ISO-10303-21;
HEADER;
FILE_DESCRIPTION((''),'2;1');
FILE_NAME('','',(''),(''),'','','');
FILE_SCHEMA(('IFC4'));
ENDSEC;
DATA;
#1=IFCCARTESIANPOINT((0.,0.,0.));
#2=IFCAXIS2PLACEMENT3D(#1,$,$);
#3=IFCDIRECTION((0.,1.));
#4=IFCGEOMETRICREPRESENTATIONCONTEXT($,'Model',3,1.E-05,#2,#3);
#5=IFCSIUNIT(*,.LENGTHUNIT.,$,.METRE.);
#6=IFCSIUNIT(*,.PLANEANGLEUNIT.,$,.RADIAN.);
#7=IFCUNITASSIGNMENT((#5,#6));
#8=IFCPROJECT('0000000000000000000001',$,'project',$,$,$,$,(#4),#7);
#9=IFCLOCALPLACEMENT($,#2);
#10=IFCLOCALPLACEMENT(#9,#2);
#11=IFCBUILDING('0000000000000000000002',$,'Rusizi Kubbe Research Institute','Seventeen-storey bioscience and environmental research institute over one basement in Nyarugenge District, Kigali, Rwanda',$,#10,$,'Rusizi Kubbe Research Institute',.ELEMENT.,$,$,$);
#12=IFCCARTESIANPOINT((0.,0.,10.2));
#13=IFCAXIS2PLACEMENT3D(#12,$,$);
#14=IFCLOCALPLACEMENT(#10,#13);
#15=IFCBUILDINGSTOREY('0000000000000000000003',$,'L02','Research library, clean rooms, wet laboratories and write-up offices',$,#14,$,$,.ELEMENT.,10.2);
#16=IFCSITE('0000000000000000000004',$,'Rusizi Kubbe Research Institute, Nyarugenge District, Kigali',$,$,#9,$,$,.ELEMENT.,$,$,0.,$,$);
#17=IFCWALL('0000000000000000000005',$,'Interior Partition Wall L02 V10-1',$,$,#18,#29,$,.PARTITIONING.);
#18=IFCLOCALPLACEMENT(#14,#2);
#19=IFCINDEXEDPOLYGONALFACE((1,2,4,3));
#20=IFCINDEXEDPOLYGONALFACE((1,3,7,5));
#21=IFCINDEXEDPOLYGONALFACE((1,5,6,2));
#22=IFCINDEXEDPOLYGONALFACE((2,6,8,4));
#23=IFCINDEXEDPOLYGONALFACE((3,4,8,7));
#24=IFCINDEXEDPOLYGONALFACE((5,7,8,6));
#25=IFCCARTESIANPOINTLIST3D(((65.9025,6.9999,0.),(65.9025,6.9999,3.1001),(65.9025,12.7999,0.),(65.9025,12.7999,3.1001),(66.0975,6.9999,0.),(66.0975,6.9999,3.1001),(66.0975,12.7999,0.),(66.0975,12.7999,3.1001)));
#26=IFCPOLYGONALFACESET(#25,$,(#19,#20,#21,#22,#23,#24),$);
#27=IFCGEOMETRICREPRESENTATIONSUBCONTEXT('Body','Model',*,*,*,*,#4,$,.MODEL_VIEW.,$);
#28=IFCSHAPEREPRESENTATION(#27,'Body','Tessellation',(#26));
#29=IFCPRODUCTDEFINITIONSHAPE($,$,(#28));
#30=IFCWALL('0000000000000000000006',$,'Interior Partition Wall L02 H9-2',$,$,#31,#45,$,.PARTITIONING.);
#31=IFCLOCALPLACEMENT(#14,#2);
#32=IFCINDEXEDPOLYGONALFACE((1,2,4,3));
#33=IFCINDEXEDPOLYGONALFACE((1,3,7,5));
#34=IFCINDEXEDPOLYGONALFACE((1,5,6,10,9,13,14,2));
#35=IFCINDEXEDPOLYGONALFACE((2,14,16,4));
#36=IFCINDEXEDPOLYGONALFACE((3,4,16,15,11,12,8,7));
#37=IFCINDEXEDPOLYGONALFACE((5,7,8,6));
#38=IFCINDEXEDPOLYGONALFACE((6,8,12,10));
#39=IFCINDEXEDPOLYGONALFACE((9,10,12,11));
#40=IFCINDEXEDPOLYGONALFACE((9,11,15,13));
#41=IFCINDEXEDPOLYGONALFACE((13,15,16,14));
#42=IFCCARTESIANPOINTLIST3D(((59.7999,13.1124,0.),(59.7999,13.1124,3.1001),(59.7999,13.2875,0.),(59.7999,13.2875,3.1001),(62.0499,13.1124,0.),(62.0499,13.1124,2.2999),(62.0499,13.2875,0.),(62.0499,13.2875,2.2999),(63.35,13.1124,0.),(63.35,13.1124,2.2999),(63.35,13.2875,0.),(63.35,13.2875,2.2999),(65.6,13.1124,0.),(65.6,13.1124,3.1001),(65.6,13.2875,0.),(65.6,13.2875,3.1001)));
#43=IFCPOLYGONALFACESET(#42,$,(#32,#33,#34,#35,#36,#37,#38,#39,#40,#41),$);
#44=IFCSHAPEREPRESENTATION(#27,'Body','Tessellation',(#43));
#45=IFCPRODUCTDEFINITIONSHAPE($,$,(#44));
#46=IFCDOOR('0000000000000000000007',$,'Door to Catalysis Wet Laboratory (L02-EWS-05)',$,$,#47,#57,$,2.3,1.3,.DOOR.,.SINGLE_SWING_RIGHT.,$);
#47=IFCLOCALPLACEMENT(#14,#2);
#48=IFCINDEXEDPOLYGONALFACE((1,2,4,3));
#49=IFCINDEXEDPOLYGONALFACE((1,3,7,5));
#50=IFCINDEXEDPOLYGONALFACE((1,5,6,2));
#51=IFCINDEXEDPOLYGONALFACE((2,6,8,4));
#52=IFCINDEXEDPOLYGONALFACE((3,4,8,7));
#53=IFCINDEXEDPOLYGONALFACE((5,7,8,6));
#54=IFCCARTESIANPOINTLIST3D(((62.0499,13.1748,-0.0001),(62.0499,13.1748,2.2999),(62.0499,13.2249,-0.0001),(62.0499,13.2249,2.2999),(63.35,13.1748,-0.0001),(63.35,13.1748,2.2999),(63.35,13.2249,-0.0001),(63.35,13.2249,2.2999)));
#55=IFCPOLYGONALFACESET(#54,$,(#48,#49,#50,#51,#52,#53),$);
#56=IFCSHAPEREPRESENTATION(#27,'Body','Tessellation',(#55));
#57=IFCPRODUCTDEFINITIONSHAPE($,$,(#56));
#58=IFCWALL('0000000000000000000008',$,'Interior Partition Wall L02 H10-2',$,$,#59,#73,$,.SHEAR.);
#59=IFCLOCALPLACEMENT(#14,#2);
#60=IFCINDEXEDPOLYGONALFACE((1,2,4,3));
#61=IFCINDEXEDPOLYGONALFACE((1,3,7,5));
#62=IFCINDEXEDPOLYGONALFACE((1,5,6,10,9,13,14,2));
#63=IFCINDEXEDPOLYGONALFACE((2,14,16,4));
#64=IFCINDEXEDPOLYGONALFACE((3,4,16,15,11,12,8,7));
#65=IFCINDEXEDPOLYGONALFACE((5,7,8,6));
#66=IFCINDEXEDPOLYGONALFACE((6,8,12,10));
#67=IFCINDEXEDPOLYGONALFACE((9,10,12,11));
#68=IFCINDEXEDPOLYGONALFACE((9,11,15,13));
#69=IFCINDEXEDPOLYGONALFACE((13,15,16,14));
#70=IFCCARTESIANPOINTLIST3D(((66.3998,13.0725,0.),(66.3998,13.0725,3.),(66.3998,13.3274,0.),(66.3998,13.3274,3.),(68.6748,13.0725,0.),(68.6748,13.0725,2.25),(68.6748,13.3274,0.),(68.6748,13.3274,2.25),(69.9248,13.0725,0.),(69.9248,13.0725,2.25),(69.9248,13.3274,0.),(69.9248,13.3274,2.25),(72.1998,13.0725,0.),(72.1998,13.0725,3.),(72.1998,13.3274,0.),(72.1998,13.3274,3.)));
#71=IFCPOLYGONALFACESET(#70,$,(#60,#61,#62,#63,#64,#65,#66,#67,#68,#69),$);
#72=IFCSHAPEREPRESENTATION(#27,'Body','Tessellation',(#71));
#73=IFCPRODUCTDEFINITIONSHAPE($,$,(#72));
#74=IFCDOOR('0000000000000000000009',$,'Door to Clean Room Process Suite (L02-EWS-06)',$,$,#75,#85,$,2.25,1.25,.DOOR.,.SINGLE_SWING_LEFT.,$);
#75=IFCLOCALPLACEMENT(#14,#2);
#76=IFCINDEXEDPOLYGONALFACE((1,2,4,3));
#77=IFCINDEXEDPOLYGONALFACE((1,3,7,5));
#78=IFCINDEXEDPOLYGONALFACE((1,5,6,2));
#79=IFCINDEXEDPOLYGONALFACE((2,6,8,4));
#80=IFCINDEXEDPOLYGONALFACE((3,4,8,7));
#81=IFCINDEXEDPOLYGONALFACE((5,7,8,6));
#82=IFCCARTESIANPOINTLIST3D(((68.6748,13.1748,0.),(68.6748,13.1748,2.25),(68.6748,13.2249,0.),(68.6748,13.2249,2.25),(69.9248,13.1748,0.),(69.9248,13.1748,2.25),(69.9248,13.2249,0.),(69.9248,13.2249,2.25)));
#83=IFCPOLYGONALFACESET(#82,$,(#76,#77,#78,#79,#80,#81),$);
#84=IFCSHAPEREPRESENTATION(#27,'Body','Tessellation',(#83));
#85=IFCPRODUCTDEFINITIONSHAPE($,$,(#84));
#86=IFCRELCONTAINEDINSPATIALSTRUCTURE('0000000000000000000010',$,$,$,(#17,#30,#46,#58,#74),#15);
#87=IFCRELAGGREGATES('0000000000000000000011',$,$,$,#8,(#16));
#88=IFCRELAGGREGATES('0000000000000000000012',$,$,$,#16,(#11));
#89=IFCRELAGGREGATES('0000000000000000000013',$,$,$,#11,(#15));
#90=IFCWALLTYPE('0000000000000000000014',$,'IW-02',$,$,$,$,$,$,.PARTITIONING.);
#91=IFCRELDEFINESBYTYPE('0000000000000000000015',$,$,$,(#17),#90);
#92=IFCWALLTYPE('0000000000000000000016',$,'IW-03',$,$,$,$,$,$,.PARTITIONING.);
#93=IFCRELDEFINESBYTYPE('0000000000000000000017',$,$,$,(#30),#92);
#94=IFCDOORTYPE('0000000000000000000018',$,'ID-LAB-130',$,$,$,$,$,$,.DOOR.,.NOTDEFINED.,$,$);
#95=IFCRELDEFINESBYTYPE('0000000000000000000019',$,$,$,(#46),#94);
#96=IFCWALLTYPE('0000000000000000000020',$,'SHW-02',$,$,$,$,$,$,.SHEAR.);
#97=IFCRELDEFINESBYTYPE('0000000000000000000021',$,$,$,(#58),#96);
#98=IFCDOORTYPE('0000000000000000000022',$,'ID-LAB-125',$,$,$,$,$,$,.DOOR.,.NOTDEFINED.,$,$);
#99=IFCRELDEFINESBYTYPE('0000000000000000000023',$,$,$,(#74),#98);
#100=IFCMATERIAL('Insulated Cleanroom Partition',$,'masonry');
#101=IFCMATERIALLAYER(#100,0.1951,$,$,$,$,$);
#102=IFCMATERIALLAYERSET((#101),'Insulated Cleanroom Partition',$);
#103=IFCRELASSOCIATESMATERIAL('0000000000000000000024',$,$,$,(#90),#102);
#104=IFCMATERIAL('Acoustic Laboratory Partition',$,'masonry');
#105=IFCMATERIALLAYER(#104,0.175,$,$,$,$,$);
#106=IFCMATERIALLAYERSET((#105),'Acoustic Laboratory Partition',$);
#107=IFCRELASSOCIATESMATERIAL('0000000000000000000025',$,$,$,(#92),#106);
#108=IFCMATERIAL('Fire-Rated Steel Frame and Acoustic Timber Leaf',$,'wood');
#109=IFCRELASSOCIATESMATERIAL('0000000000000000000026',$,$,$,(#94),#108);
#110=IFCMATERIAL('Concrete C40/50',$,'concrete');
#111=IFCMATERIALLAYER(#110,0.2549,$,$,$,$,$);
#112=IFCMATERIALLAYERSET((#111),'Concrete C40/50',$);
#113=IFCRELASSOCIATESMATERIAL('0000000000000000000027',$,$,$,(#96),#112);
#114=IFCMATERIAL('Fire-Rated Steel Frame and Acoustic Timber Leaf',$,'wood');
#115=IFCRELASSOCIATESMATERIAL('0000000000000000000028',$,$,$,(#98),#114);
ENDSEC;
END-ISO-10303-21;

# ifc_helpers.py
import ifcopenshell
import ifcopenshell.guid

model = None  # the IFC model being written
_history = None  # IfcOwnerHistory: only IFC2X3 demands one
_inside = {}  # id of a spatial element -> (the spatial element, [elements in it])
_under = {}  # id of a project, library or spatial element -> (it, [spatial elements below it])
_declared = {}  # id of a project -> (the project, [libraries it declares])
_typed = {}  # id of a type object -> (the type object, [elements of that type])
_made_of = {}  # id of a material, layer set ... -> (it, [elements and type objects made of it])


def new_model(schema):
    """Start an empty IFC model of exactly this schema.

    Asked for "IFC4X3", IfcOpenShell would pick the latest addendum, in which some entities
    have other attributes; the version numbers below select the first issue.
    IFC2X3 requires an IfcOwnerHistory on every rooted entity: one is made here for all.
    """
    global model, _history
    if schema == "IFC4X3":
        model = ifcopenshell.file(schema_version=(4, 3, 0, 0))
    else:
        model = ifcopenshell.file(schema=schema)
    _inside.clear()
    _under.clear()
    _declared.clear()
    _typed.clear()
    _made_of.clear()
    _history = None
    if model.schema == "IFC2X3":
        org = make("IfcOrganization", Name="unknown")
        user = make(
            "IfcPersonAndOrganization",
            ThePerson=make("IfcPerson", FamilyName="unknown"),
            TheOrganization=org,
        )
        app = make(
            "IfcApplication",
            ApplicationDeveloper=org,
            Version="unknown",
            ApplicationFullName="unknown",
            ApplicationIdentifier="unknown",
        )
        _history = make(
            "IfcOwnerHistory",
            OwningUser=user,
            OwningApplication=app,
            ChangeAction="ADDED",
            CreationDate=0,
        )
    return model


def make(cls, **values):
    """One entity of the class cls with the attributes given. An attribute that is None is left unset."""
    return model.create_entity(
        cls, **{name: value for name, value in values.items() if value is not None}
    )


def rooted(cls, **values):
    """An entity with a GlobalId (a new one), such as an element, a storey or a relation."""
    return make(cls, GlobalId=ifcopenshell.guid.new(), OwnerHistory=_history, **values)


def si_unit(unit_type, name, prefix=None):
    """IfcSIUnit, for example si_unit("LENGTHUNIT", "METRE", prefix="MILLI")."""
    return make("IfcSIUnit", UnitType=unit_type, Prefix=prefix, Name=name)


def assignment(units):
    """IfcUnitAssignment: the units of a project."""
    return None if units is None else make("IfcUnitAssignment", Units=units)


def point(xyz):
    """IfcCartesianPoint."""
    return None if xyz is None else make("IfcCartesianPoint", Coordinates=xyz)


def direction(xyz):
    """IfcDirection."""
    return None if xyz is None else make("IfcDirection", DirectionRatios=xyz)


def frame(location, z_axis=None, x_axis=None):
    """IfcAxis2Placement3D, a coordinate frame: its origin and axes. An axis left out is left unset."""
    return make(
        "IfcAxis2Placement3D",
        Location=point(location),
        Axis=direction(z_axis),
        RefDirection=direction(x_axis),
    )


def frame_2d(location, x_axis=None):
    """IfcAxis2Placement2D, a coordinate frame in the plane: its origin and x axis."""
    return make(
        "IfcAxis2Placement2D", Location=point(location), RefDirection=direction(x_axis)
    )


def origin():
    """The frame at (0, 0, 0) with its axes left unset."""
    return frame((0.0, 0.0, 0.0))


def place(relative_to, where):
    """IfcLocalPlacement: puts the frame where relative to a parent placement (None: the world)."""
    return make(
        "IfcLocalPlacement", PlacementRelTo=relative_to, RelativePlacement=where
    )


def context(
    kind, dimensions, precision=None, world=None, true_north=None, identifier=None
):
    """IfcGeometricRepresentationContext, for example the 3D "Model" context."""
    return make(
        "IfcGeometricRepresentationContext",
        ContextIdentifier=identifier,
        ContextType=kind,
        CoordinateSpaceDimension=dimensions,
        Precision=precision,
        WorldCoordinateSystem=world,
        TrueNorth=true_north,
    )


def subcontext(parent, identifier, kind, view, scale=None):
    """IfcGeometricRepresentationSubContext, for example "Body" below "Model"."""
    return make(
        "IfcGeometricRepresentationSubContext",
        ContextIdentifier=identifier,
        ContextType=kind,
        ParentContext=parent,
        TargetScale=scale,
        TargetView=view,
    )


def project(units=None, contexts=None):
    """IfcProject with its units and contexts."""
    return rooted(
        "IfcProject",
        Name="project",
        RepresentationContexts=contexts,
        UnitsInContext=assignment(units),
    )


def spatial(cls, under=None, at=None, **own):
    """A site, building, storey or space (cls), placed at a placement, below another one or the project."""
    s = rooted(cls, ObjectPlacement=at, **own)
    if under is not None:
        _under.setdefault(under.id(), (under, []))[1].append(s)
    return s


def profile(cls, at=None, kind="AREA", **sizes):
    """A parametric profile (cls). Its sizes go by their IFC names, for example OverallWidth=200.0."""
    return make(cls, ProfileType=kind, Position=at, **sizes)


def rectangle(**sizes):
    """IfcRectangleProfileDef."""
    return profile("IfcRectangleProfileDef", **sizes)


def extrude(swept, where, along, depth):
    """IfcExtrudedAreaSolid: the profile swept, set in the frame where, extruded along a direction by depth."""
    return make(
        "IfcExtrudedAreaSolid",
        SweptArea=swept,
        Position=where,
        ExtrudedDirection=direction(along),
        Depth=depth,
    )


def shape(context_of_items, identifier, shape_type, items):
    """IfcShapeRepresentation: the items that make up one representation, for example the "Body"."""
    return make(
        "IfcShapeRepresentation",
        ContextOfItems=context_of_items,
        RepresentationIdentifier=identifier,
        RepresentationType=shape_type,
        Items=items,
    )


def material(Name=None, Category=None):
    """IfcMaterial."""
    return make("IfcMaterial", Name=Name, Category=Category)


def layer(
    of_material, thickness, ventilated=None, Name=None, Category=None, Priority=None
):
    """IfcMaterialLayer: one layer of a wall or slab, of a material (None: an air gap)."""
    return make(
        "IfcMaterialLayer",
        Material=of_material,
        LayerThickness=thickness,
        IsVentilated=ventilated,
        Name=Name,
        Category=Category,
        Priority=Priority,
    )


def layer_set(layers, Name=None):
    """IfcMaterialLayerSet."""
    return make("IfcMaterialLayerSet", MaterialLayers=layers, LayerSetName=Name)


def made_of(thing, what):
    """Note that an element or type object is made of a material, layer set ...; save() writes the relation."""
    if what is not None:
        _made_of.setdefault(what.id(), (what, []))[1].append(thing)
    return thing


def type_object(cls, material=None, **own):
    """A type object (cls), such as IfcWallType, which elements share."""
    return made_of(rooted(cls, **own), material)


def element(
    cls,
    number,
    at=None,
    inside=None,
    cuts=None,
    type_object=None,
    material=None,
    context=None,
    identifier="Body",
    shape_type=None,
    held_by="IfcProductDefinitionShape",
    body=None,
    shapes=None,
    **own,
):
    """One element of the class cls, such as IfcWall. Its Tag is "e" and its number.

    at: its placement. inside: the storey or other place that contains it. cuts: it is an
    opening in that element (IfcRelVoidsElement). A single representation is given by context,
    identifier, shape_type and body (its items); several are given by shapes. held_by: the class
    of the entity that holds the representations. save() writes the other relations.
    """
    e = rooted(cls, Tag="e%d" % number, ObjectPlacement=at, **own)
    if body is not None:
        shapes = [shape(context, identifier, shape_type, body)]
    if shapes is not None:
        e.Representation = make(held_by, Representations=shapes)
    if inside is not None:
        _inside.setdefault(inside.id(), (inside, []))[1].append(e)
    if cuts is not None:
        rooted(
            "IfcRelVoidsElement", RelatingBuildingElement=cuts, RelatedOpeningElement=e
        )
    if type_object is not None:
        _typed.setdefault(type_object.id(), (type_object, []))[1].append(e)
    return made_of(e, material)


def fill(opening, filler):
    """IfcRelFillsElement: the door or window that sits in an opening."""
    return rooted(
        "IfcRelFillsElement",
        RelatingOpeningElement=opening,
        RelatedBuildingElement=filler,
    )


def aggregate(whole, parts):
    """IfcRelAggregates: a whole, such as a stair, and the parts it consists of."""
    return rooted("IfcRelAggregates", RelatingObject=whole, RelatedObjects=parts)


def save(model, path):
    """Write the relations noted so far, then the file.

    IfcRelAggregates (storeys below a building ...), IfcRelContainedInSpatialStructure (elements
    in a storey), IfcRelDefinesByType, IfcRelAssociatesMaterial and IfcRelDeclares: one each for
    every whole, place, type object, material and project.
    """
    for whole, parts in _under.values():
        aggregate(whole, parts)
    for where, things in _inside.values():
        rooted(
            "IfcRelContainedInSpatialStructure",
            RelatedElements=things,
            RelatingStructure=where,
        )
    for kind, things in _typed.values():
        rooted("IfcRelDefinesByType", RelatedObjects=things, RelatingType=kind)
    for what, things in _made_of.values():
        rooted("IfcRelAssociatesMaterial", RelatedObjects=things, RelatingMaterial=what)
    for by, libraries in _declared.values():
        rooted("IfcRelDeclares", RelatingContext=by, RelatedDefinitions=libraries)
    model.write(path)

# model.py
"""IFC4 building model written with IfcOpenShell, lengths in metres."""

from ifc_helpers import new_model, si_unit, direction, frame, frame_2d, origin, place, context, subcontext, project, spatial, rectangle, extrude, material, layer, layer_set, type_object, element, fill, save


model = new_model("IFC4")

# Units and contexts
model_context = context("Model", 3, precision=1e-05, world=origin(), true_north=direction((0.0, 1.0)))
body_context = subcontext(model_context, "Body", "Model", "MODEL_VIEW")
ifc_project = project(units=[si_unit("LENGTHUNIT", "METRE"), si_unit("PLANEANGLEUNIT", "RADIAN")], contexts=[model_context])

# Site, building, storey
site_placement = place(None, origin())
site = spatial("IfcSite", under=ifc_project, at=site_placement, Name="Rusizi Kubbe Research Institute, Nyarugenge District, Kigali", CompositionType="ELEMENT", RefElevation=0.0)
building_placement = place(site_placement, origin())
building = spatial("IfcBuilding", under=site, at=building_placement, Name="Rusizi Kubbe Research Institute", Description="Seventeen-storey bioscience and environmental research institute over one basement in Nyarugenge District, Kigali, Rwanda", LongName="Rusizi Kubbe Research Institute", CompositionType="ELEMENT")
storey_placement = place(building_placement, frame((0.0, 0.0, 10.2)))
storey = spatial("IfcBuildingStorey", under=building, at=storey_placement, Name="L02", Description="Research library, clean rooms, wet laboratories and write-up offices", CompositionType="ELEMENT", Elevation=10.2)

# Wall
ifc_material_1 = material(Name="Insulated Cleanroom Partition", Category="masonry")
ifc_layer_1 = layer(ifc_material_1, 0.1951)
ifc_layer_set_1 = layer_set([ifc_layer_1], Name="Insulated Cleanroom Partition")
wall_type_1 = type_object("IfcWallType", Name="IW-02", PredefinedType="PARTITIONING", material=ifc_layer_set_1)
wall_1_placement = place(storey_placement, frame((66.0, 7.0, 0.0), z_axis=(0.0, 0.0, 1.0), x_axis=(0.0, 1.0, 0.0)))
element("IfcWall", 1, at=wall_1_placement, inside=storey, type_object=wall_type_1, Name="Interior Partition Wall L02 V10-1", PredefinedType="PARTITIONING", context=body_context, shape_type="SweptSolid", body=[
    extrude(rectangle(XDim=5.8, YDim=0.1951, at=frame_2d((2.8999, 0.0))), origin(), (0.0, 0.0, 1.0), 3.1001),
])

# Walls, openings, doors
ifc_material_2 = material(Name="Acoustic Laboratory Partition", Category="masonry")
ifc_layer_2 = layer(ifc_material_2, 0.175)
ifc_layer_set_2 = layer_set([ifc_layer_2], Name="Acoustic Laboratory Partition")
wall_type_2 = type_object("IfcWallType", Name="IW-03", PredefinedType="PARTITIONING", material=ifc_layer_set_2)
wall_2_placement = place(storey_placement, frame((59.8, 13.2, 0.0), z_axis=(0.0, 0.0, 1.0), x_axis=(1.0, 0.0, 0.0)))
wall_2 = element("IfcWall", 2, at=wall_2_placement, inside=storey, type_object=wall_type_2, Name="Interior Partition Wall L02 H9-2", PredefinedType="PARTITIONING", context=body_context, shape_type="SweptSolid", body=[
    extrude(rectangle(XDim=5.8, YDim=0.175, at=frame_2d((2.8999, 0.0))), origin(), (0.0, 0.0, 1.0), 3.1001),
])
opening_1_placement = place(wall_2_placement, frame((2.25, 0.0, 0.0)))
opening_1 = element("IfcOpeningElement", 3, at=opening_1_placement, cuts=wall_2, PredefinedType="OPENING", context=body_context, shape_type="SweptSolid", body=[
    extrude(rectangle(XDim=1.3, YDim=2.3, at=frame_2d((0.6499, 1.1499))), frame((0.0, 0.0974, 0.0), z_axis=(0.0, -1.0, 0.0), x_axis=(1.0, 0.0, 0.0)), (0.0, 0.0, 1.0), 0.1951),
])
ifc_material_3 = material(Name="Fire-Rated Steel Frame and Acoustic Timber Leaf", Category="wood")
door_type_1 = type_object("IfcDoorType", Name="ID-LAB-130", OperationType="NOTDEFINED", PredefinedType="DOOR", material=ifc_material_3)
door_1_placement = place(opening_1_placement, origin())
door_1 = element("IfcDoor", 4, at=door_1_placement, inside=storey, type_object=door_type_1, Name="Door to Catalysis Wet Laboratory (L02-EWS-05)", OperationType="SINGLE_SWING_RIGHT", OverallHeight=2.3, OverallWidth=1.3, PredefinedType="DOOR", context=body_context, shape_type="SweptSolid", body=[
    extrude(rectangle(XDim=1.3, YDim=2.3, at=frame_2d((0.6499, 1.1499))), frame((0.0, 0.0249, 0.0), z_axis=(0.0, -1.0, 0.0), x_axis=(1.0, 0.0, 0.0)), (0.0, 0.0, 1.0), 0.05),
])
fill(opening_1, door_1)
ifc_material_4 = material(Name="Concrete C40/50", Category="concrete")
ifc_layer_3 = layer(ifc_material_4, 0.2549)
ifc_layer_set_3 = layer_set([ifc_layer_3], Name="Concrete C40/50")
wall_type_3 = type_object("IfcWallType", Name="SHW-02", PredefinedType="SHEAR", material=ifc_layer_set_3)
wall_3_placement = place(storey_placement, frame((66.3999, 13.2, 0.0), z_axis=(0.0, 0.0, 1.0), x_axis=(1.0, 0.0, 0.0)))
wall_3 = element("IfcWall", 5, at=wall_3_placement, inside=storey, type_object=wall_type_3, Name="Interior Partition Wall L02 H10-2", PredefinedType="SHEAR", context=body_context, shape_type="SweptSolid", body=[
    extrude(rectangle(XDim=5.8, YDim=0.2549, at=frame_2d((2.8999, 0.0))), origin(), (0.0, 0.0, 1.0), 3.0),
])
opening_2_placement = place(wall_3_placement, frame((2.2749, 0.0, 0.0)))
opening_2 = element("IfcOpeningElement", 6, at=opening_2_placement, cuts=wall_3, PredefinedType="OPENING", context=body_context, shape_type="SweptSolid", body=[
    extrude(rectangle(XDim=1.25, YDim=2.25, at=frame_2d((0.625, 1.125))), frame((0.0, 0.1375, 0.0), z_axis=(0.0, -1.0, 0.0), x_axis=(1.0, 0.0, 0.0)), (0.0, 0.0, 1.0), 0.2749),
])
ifc_material_5 = material(Name="Fire-Rated Steel Frame and Acoustic Timber Leaf", Category="wood")
door_type_2 = type_object("IfcDoorType", Name="ID-LAB-125", OperationType="NOTDEFINED", PredefinedType="DOOR", material=ifc_material_5)
door_2_placement = place(opening_2_placement, origin())
door_2 = element("IfcDoor", 7, at=door_2_placement, inside=storey, type_object=door_type_2, Name="Door to Clean Room Process Suite (L02-EWS-06)", OperationType="SINGLE_SWING_LEFT", OverallHeight=2.25, OverallWidth=1.25, PredefinedType="DOOR", context=body_context, shape_type="SweptSolid", body=[
    extrude(rectangle(XDim=1.25, YDim=2.25, at=frame_2d((0.625, 1.125))), frame((0.0, 0.0249, 0.0), z_axis=(0.0, -1.0, 0.0), x_axis=(1.0, 0.0, 0.0)), (0.0, 0.0, 1.0), 0.05),
])
fill(opening_2, door_2)

save(model, "model.ifc")
